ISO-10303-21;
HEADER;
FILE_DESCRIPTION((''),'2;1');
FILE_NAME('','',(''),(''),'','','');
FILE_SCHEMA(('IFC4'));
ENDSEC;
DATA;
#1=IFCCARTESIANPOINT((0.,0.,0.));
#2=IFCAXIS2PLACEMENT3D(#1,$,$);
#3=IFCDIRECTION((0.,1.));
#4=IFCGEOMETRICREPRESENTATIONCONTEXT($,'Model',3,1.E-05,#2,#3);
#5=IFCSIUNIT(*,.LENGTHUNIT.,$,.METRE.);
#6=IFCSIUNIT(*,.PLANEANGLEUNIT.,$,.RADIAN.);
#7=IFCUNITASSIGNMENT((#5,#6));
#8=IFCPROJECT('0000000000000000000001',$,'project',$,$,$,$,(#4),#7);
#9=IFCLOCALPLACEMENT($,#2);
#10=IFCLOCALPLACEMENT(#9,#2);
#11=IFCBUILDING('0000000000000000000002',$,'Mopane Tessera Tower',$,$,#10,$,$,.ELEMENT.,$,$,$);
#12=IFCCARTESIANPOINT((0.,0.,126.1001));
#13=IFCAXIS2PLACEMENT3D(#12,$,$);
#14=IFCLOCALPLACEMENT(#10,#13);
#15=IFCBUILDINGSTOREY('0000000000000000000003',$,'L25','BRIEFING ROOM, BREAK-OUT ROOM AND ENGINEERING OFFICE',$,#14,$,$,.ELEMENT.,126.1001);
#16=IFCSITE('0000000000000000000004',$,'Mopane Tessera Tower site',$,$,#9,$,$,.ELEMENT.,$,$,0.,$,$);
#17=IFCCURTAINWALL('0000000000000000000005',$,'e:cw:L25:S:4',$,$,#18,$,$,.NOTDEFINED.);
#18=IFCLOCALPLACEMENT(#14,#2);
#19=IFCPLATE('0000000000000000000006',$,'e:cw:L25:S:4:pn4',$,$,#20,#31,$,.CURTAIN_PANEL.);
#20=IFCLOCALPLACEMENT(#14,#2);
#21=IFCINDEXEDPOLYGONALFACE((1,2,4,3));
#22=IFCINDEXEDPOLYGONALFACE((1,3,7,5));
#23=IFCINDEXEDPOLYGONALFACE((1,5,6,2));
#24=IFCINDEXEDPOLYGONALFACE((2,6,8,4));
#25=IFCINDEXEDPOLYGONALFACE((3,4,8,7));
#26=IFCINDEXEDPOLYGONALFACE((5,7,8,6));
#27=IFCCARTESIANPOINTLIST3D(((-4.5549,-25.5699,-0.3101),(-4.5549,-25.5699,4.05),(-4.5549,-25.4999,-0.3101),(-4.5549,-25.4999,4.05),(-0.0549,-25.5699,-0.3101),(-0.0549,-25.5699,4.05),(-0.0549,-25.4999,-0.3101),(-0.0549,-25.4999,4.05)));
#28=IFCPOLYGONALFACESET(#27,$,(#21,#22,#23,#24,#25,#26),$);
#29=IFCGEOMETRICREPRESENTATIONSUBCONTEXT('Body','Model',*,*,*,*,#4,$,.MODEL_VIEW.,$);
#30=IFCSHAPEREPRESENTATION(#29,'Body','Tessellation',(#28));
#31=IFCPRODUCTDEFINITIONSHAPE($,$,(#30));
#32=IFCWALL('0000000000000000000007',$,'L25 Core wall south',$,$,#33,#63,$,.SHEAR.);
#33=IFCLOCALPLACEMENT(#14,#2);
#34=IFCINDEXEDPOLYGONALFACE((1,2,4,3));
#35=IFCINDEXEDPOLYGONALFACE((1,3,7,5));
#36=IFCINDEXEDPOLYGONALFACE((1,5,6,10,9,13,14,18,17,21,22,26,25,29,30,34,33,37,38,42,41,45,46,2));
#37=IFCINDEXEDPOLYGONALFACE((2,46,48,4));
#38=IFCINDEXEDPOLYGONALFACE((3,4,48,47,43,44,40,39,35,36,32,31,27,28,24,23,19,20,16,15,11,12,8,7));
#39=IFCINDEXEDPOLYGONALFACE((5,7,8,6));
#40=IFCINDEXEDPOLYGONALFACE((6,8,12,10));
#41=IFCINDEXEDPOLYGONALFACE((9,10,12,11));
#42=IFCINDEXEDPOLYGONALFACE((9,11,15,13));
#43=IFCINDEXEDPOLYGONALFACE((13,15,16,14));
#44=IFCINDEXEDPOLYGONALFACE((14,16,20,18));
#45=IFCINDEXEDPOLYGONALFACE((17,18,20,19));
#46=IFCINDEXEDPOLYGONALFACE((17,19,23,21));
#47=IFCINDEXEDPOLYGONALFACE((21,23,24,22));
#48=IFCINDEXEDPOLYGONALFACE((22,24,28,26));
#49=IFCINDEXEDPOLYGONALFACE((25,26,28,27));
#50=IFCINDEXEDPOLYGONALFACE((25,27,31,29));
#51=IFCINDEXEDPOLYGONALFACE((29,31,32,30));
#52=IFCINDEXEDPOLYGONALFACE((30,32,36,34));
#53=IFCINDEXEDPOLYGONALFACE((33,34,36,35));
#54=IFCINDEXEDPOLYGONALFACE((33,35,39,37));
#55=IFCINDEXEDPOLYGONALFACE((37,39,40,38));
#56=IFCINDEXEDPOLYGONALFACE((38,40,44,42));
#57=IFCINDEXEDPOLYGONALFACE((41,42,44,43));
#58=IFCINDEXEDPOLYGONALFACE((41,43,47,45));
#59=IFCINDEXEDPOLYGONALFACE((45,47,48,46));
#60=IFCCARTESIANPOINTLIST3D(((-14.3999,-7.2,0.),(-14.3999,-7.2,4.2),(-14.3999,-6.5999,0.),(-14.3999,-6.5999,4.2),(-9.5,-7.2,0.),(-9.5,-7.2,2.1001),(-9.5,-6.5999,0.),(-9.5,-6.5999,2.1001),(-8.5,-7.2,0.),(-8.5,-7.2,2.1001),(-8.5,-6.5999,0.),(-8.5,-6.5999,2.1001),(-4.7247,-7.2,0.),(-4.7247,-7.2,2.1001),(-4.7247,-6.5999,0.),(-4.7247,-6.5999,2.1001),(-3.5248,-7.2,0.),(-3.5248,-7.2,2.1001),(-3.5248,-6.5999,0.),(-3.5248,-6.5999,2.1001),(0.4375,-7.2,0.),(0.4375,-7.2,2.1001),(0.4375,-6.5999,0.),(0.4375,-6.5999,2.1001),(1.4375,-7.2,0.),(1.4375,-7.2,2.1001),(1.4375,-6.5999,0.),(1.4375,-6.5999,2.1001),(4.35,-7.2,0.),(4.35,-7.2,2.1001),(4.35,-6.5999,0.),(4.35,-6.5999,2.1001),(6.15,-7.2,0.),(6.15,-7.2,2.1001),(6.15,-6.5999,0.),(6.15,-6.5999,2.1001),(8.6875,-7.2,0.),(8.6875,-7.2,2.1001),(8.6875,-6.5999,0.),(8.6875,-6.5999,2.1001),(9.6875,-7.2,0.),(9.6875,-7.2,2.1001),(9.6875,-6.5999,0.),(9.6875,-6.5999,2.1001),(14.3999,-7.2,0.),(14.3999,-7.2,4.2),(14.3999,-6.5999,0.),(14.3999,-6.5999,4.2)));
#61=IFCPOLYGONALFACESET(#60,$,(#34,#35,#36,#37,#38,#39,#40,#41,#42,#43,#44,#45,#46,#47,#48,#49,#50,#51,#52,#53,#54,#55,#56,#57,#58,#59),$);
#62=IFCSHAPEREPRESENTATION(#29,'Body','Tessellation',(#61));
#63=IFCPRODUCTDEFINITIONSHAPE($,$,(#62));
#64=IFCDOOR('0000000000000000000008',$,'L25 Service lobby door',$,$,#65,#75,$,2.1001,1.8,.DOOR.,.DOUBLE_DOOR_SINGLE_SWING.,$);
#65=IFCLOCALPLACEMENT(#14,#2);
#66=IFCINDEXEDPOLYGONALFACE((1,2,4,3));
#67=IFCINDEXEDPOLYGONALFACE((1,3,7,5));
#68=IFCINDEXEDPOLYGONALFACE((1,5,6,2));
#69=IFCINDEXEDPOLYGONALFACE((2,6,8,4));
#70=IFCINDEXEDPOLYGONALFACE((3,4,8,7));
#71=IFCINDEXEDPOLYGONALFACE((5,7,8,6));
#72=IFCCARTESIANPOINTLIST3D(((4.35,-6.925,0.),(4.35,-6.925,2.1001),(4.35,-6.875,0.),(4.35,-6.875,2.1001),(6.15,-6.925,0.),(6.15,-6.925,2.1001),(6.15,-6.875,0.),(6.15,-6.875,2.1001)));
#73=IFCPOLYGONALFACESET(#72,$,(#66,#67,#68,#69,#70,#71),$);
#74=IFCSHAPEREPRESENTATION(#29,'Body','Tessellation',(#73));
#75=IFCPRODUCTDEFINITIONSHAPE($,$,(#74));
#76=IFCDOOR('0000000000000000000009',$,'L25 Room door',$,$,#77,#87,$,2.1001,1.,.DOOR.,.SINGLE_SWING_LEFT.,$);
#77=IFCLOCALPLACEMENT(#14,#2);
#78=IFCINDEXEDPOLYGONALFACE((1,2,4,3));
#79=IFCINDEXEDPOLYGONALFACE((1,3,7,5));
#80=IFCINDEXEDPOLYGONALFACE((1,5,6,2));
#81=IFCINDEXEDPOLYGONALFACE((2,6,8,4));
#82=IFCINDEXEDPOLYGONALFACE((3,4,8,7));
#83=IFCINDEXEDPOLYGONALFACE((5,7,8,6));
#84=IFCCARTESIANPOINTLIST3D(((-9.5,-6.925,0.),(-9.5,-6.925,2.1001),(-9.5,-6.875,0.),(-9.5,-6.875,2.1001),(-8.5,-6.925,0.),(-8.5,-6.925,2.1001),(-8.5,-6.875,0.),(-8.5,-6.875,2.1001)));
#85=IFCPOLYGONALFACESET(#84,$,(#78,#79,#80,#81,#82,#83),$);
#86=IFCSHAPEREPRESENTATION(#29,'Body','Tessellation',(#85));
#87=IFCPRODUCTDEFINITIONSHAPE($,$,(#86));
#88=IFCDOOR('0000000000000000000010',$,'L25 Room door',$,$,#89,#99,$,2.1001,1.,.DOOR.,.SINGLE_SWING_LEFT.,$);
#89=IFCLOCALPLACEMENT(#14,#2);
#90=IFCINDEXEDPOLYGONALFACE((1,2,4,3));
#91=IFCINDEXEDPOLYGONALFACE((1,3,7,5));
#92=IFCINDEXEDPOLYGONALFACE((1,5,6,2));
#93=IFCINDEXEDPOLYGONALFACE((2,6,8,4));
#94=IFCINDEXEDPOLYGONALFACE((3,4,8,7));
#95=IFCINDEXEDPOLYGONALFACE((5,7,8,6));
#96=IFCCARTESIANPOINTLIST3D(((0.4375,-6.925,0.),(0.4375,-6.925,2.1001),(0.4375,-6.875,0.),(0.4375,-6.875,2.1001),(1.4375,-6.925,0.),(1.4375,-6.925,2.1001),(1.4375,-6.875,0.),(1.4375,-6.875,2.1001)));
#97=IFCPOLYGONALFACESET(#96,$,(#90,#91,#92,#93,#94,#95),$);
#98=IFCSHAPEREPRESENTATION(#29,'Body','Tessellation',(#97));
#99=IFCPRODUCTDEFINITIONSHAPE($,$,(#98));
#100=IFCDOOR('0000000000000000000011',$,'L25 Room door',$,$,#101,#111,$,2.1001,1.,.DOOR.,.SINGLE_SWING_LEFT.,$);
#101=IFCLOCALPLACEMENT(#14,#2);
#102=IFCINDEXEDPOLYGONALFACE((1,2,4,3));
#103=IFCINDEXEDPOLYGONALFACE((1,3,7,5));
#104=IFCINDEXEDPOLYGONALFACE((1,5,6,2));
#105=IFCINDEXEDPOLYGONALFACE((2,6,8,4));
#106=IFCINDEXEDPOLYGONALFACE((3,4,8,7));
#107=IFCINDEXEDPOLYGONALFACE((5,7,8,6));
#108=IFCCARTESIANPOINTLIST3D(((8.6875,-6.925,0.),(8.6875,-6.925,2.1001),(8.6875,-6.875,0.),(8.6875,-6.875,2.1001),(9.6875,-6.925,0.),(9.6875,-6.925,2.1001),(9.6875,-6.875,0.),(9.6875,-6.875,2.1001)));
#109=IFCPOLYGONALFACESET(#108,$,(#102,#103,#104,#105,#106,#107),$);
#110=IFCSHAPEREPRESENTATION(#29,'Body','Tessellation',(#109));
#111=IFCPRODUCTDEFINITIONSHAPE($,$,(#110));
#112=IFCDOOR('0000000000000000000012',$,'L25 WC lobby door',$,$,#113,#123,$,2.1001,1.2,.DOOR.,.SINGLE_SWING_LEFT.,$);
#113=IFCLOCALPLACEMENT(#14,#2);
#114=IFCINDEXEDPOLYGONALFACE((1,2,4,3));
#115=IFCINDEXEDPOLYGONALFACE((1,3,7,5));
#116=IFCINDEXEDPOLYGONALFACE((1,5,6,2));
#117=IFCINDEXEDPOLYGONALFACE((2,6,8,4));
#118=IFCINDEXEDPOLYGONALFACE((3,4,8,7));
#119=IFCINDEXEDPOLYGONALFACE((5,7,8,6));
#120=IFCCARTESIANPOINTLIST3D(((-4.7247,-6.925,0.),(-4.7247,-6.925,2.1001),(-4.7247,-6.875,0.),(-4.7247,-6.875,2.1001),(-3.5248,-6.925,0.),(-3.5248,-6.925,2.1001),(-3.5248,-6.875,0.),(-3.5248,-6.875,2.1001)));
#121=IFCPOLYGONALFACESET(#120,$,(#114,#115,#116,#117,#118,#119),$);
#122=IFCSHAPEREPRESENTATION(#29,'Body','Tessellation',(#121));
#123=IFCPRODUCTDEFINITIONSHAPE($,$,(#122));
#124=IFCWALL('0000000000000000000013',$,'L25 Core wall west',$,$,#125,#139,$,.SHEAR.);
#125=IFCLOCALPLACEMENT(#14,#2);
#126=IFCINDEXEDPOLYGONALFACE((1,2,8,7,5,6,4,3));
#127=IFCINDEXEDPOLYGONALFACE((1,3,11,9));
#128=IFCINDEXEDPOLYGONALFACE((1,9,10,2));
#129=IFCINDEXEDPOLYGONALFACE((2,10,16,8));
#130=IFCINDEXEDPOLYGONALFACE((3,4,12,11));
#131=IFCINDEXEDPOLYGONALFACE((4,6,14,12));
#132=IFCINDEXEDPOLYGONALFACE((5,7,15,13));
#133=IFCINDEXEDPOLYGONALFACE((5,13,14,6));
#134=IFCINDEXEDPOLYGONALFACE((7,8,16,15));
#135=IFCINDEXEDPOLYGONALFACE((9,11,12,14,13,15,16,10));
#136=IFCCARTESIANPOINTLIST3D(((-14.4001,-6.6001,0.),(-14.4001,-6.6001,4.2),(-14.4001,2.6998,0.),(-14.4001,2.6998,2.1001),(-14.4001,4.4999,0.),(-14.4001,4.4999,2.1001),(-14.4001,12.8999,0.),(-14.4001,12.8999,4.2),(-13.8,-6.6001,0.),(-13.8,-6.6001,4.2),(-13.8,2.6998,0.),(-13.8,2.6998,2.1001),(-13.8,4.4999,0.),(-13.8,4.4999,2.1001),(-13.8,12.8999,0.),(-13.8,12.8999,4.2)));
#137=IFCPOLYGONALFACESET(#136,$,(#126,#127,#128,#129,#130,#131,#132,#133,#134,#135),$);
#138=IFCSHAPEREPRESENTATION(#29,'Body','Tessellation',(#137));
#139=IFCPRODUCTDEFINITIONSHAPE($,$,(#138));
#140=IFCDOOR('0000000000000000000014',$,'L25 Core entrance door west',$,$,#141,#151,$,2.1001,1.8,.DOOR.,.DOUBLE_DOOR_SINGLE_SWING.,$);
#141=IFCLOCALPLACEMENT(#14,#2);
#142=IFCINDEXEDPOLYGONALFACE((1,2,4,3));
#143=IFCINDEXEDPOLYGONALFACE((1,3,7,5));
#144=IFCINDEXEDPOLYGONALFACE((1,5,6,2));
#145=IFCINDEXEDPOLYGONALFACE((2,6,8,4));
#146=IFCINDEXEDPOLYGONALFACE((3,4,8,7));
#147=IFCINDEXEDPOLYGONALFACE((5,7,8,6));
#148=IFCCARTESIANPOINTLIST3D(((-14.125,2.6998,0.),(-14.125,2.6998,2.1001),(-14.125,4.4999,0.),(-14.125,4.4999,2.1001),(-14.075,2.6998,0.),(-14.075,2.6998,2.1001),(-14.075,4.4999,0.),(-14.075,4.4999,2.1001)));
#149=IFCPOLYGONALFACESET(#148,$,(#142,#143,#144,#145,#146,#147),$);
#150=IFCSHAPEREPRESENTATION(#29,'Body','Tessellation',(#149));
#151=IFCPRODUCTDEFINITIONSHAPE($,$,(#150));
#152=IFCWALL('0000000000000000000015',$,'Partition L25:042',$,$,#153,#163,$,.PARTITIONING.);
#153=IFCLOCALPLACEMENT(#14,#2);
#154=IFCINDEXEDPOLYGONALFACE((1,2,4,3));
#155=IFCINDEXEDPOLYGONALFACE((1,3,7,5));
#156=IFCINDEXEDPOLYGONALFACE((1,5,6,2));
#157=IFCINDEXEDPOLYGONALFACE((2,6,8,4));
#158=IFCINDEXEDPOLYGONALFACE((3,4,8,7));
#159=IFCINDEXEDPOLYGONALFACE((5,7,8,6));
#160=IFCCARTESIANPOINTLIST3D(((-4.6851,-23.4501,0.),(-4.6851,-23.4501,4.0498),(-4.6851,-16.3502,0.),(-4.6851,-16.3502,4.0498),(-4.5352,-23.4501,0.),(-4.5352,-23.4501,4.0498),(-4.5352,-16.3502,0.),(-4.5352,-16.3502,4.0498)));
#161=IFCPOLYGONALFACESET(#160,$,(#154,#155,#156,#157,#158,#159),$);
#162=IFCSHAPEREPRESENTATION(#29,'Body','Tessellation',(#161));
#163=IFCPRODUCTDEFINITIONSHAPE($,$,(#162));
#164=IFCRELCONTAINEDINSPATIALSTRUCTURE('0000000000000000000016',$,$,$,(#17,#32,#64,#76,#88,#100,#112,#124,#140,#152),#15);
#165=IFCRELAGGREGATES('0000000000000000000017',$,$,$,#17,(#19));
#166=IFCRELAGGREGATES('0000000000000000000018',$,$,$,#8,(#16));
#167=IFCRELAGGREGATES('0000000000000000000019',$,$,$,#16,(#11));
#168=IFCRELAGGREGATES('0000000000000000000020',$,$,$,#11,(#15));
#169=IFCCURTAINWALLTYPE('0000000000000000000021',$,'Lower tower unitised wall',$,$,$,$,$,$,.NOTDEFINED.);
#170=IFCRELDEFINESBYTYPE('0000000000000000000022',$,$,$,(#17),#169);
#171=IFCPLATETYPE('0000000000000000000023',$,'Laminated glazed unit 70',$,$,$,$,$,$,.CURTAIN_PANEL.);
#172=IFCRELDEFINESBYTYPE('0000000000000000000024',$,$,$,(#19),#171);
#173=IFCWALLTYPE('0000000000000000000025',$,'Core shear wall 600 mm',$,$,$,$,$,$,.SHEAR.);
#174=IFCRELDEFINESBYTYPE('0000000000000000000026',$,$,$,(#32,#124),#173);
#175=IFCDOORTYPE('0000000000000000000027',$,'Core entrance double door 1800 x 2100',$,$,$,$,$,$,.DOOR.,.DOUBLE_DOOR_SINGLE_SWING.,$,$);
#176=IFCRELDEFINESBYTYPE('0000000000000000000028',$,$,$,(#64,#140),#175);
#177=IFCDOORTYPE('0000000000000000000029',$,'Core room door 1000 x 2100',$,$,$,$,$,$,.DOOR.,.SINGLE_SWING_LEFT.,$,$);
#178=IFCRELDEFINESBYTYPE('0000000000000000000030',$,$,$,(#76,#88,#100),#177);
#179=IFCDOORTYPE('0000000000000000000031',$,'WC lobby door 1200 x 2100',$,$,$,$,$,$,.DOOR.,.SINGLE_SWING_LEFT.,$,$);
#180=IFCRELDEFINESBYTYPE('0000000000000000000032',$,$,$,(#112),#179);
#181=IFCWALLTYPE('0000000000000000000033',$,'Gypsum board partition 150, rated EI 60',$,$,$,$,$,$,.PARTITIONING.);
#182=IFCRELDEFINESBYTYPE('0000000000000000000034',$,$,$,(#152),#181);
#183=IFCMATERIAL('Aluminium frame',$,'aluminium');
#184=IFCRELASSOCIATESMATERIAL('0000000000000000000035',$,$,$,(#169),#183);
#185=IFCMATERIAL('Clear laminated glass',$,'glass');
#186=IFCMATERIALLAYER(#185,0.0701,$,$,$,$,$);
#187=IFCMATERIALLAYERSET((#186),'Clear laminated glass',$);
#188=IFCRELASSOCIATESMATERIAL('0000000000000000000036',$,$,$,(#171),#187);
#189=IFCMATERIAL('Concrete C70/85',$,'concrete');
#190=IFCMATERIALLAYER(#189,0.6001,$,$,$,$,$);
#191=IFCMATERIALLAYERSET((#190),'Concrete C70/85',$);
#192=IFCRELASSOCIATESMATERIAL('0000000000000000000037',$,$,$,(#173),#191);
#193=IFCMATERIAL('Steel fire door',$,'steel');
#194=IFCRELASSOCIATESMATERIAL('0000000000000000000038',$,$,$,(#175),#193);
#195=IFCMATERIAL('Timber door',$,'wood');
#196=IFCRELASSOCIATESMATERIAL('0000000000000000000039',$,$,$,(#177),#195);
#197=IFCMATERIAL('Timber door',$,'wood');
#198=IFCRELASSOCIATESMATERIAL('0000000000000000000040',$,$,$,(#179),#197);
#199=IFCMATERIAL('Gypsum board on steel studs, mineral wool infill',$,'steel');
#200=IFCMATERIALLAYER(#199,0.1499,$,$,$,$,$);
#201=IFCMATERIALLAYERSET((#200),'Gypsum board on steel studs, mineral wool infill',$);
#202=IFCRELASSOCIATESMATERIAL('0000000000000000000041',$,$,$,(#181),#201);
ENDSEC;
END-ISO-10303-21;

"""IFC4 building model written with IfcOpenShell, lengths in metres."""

from ifc_helpers import new_model, si_unit, direction, frame, frame_2d, origin, origin_2d, place, context, subcontext, project, spatial, rectangle, extrude, material, layer, layer_set, type_object, element, fill, aggregate, save


model = new_model("IFC4")

# Units and contexts
model_context = context("Model", 3, precision=1e-05, world=origin(), true_north=direction((0.0, 1.0)))
body_context = subcontext(model_context, "Body", "Model", "MODEL_VIEW")
ifc_project = project(units=[si_unit("LENGTHUNIT", "METRE"), si_unit("PLANEANGLEUNIT", "RADIAN")], contexts=[model_context])

# Site, building, storey
site_placement = place(None, origin())
site = spatial("IfcSite", under=ifc_project, at=site_placement, Name="Mopane Tessera Tower site", CompositionType="ELEMENT", RefElevation=0.0)
building_placement = place(site_placement, origin())
building = spatial("IfcBuilding", under=site, at=building_placement, Name="Mopane Tessera Tower", CompositionType="ELEMENT")
storey_placement = place(building_placement, frame((0.0, 0.0, 126.1001)))
storey = spatial("IfcBuildingStorey", under=building, at=storey_placement, Name="L25", Description="BRIEFING ROOM, BREAK-OUT ROOM AND ENGINEERING OFFICE", CompositionType="ELEMENT", Elevation=126.1001)

# Curtain wall
ifc_material_1 = material(Name="Aluminium frame", Category="aluminium")
curtain_wall_type = type_object("IfcCurtainWallType", Name="Lower tower unitised wall", PredefinedType="NOTDEFINED", material=ifc_material_1)
curtain_wall_placement = place(storey_placement, origin())
curtain_wall = element("IfcCurtainWall", 1, at=curtain_wall_placement, inside=storey, type_object=curtain_wall_type, Name="e:cw:L25:S:4", PredefinedType="NOTDEFINED")

# Plate
ifc_material_2 = material(Name="Clear laminated glass", Category="glass")
ifc_layer_1 = layer(ifc_material_2, 0.0701)
ifc_layer_set_1 = layer_set([ifc_layer_1], Name="Clear laminated glass")
plate_type = type_object("IfcPlateType", Name="Laminated glazed unit 70", PredefinedType="CURTAIN_PANEL", material=ifc_layer_set_1)
plate_placement = place(storey_placement, frame((-2.3049, -25.5349, -0.3101), z_axis=(0.0, 0.0, 1.0), x_axis=(1.0, 0.0, 0.0)))
plate = element("IfcPlate", 2, at=plate_placement, type_object=plate_type, Name="e:cw:L25:S:4:pn4", PredefinedType="CURTAIN_PANEL", context=body_context, shape_type="SweptSolid", body=[
    extrude(rectangle(XDim=4.5, YDim=0.0701, at=origin_2d()), origin(), (0.0, 0.0, 1.0), 4.3601),
])
aggregate(curtain_wall, [plate])

# Wall, openings, doors
ifc_material_3 = material(Name="Concrete C70/85", Category="concrete")
ifc_layer_2 = layer(ifc_material_3, 0.6001)
ifc_layer_set_2 = layer_set([ifc_layer_2], Name="Concrete C70/85")
wall_type_1 = type_object("IfcWallType", Name="Core shear wall 600 mm", PredefinedType="SHEAR", material=ifc_layer_set_2)
wall_1_placement = place(storey_placement, frame((-14.3999, -6.8999, 0.0), z_axis=(0.0, 0.0, 1.0), x_axis=(1.0, 0.0, 0.0)))
wall_1 = element("IfcWall", 3, at=wall_1_placement, inside=storey, type_object=wall_type_1, Name="L25 Core wall south", PredefinedType="SHEAR", context=body_context, shape_type="SweptSolid", body=[
    extrude(rectangle(XDim=28.7998, YDim=0.6001, at=frame_2d((14.3999, 0.0))), origin(), (0.0, 0.0, 1.0), 4.2),
])
opening_1_placement = place(wall_1_placement, frame((4.8999, 0.0, 0.0)))
opening_1 = element("IfcOpeningElement", 4, at=opening_1_placement, cuts=wall_1, PredefinedType="OPENING", context=body_context, shape_type="SweptSolid", body=[
    extrude(rectangle(XDim=1.0, YDim=2.1001, at=frame_2d((0.5, 1.05))), frame((0.0, 0.312, 0.0), z_axis=(0.0, -1.0, 0.0), x_axis=(1.0, 0.0, 0.0)), (0.0, 0.0, 1.0), 0.624),
])
opening_2_placement = place(wall_1_placement, frame((9.675, 0.0, 0.0)))
opening_2 = element("IfcOpeningElement", 5, at=opening_2_placement, cuts=wall_1, PredefinedType="OPENING", context=body_context, shape_type="SweptSolid", body=[
    extrude(rectangle(XDim=1.2, YDim=2.1001, at=frame_2d((0.6001, 1.05))), frame((0.0, 0.312, 0.0), z_axis=(0.0, -1.0, 0.0), x_axis=(1.0, 0.0, 0.0)), (0.0, 0.0, 1.0), 0.624),
])
opening_3_placement = place(wall_1_placement, frame((14.8374, 0.0, 0.0)))
opening_3 = element("IfcOpeningElement", 6, at=opening_3_placement, cuts=wall_1, PredefinedType="OPENING", context=body_context, shape_type="SweptSolid", body=[
    extrude(rectangle(XDim=1.0, YDim=2.1001, at=frame_2d((0.5, 1.05))), frame((0.0, 0.312, 0.0), z_axis=(0.0, -1.0, 0.0), x_axis=(1.0, 0.0, 0.0)), (0.0, 0.0, 1.0), 0.624),
])
opening_4_placement = place(wall_1_placement, frame((18.75, 0.0, 0.0)))
opening_4 = element("IfcOpeningElement", 7, at=opening_4_placement, cuts=wall_1, PredefinedType="OPENING", context=body_context, shape_type="SweptSolid", body=[
    extrude(rectangle(XDim=1.8, YDim=2.1001, at=frame_2d((0.8999, 1.05))), frame((0.0, 0.312, 0.0), z_axis=(0.0, -1.0, 0.0), x_axis=(1.0, 0.0, 0.0)), (0.0, 0.0, 1.0), 0.624),
])
opening_5_placement = place(wall_1_placement, frame((23.0874, 0.0, 0.0)))
opening_5 = element("IfcOpeningElement", 8, at=opening_5_placement, cuts=wall_1, PredefinedType="OPENING", context=body_context, shape_type="SweptSolid", body=[
    extrude(rectangle(XDim=1.0, YDim=2.1001, at=frame_2d((0.5, 1.05))), frame((0.0, 0.312, 0.0), z_axis=(0.0, -1.0, 0.0), x_axis=(1.0, 0.0, 0.0)), (0.0, 0.0, 1.0), 0.624),
])
ifc_material_4 = material(Name="Steel fire door", Category="steel")
door_type_1 = type_object("IfcDoorType", Name="Core entrance double door 1800 x 2100", OperationType="DOUBLE_DOOR_SINGLE_SWING", PredefinedType="DOOR", material=ifc_material_4)
door_1_placement = place(opening_4_placement, origin())
door_1 = element("IfcDoor", 9, at=door_1_placement, inside=storey, type_object=door_type_1, Name="L25 Service lobby door", OperationType="DOUBLE_DOOR_SINGLE_SWING", OverallHeight=2.1001, OverallWidth=1.8, PredefinedType="DOOR", context=body_context, shape_type="SweptSolid", body=[
    extrude(rectangle(XDim=1.8, YDim=2.1001, at=frame_2d((0.8999, 1.05))), frame((0.0, 0.0249, 0.0), z_axis=(0.0, -1.0, 0.0), x_axis=(1.0, 0.0, 0.0)), (0.0, 0.0, 1.0), 0.05),
])
fill(opening_4, door_1)
ifc_material_5 = material(Name="Timber door", Category="wood")
door_type_2 = type_object("IfcDoorType", Name="Core room door 1000 x 2100", OperationType="SINGLE_SWING_LEFT", PredefinedType="DOOR", material=ifc_material_5)
door_2_placement = place(opening_1_placement, origin())
door_2 = element("IfcDoor", 10, at=door_2_placement, inside=storey, type_object=door_type_2, Name="L25 Room door", OperationType="SINGLE_SWING_LEFT", OverallHeight=2.1001, OverallWidth=1.0, PredefinedType="DOOR", context=body_context, shape_type="SweptSolid", body=[
    extrude(rectangle(XDim=1.0, YDim=2.1001, at=frame_2d((0.5, 1.05))), frame((0.0, 0.0249, 0.0), z_axis=(0.0, -1.0, 0.0), x_axis=(1.0, 0.0, 0.0)), (0.0, 0.0, 1.0), 0.05),
])
fill(opening_1, door_2)
door_3_placement = place(opening_3_placement, origin())
door_3 = element("IfcDoor", 11, at=door_3_placement, inside=storey, type_object=door_type_2, Name="L25 Room door", OperationType="SINGLE_SWING_LEFT", OverallHeight=2.1001, OverallWidth=1.0, PredefinedType="DOOR", context=body_context, shape_type="SweptSolid", body=[
    extrude(rectangle(XDim=1.0, YDim=2.1001, at=frame_2d((0.5, 1.05))), frame((0.0, 0.0249, 0.0), z_axis=(0.0, -1.0, 0.0), x_axis=(1.0, 0.0, 0.0)), (0.0, 0.0, 1.0), 0.05),
])
fill(opening_3, door_3)
door_4_placement = place(opening_5_placement, origin())
door_4 = element("IfcDoor", 12, at=door_4_placement, inside=storey, type_object=door_type_2, Name="L25 Room door", OperationType="SINGLE_SWING_LEFT", OverallHeight=2.1001, OverallWidth=1.0, PredefinedType="DOOR", context=body_context, shape_type="SweptSolid", body=[
    extrude(rectangle(XDim=1.0, YDim=2.1001, at=frame_2d((0.5, 1.05))), frame((0.0, 0.0249, 0.0), z_axis=(0.0, -1.0, 0.0), x_axis=(1.0, 0.0, 0.0)), (0.0, 0.0, 1.0), 0.05),
])
fill(opening_5, door_4)
ifc_material_6 = material(Name="Timber door", Category="wood")
door_type_3 = type_object("IfcDoorType", Name="WC lobby door 1200 x 2100", OperationType="SINGLE_SWING_LEFT", PredefinedType="DOOR", material=ifc_material_6)
door_5_placement = place(opening_2_placement, origin())
door_5 = element("IfcDoor", 13, at=door_5_placement, inside=storey, type_object=door_type_3, Name="L25 WC lobby door", OperationType="SINGLE_SWING_LEFT", OverallHeight=2.1001, OverallWidth=1.2, PredefinedType="DOOR", context=body_context, shape_type="SweptSolid", body=[
    extrude(rectangle(XDim=1.2, YDim=2.1001, at=frame_2d((0.6001, 1.05))), frame((0.0, 0.0249, 0.0), z_axis=(0.0, -1.0, 0.0), x_axis=(1.0, 0.0, 0.0)), (0.0, 0.0, 1.0), 0.05),
])
fill(opening_2, door_5)

# Wall, opening, door
wall_2_placement = place(storey_placement, frame((-14.1001, -6.6001, 0.0), z_axis=(0.0, 0.0, 1.0), x_axis=(0.0, 1.0, 0.0)))
wall_2 = element("IfcWall", 14, at=wall_2_placement, inside=storey, type_object=wall_type_1, Name="L25 Core wall west", PredefinedType="SHEAR", context=body_context, shape_type="SweptSolid", body=[
    extrude(rectangle(XDim=19.5, YDim=0.6001, at=frame_2d((9.75, 0.0))), origin(), (0.0, 0.0, 1.0), 4.2),
])
opening_6_placement = place(wall_2_placement, frame((9.3, 0.0, 0.0)))
opening_6 = element("IfcOpeningElement", 15, at=opening_6_placement, cuts=wall_2, PredefinedType="OPENING", context=body_context, shape_type="SweptSolid", body=[
    extrude(rectangle(XDim=1.8, YDim=2.1001, at=frame_2d((0.8999, 1.05))), frame((0.0, 0.312, 0.0), z_axis=(0.0, -1.0, 0.0), x_axis=(1.0, 0.0, 0.0)), (0.0, 0.0, 1.0), 0.624),
])
door_6_placement = place(opening_6_placement, origin())
door_6 = element("IfcDoor", 16, at=door_6_placement, inside=storey, type_object=door_type_1, Name="L25 Core entrance door west", OperationType="DOUBLE_DOOR_SINGLE_SWING", OverallHeight=2.1001, OverallWidth=1.8, PredefinedType="DOOR", context=body_context, shape_type="SweptSolid", body=[
    extrude(rectangle(XDim=1.8, YDim=2.1001, at=frame_2d((0.8999, 1.05))), frame((0.0, 0.0249, 0.0), z_axis=(0.0, -1.0, 0.0), x_axis=(1.0, 0.0, 0.0)), (0.0, 0.0, 1.0), 0.05),
])
fill(opening_6, door_6)

# Wall
ifc_material_7 = material(Name="Gypsum board on steel studs, mineral wool infill", Category="steel")
ifc_layer_3 = layer(ifc_material_7, 0.1499)
ifc_layer_set_3 = layer_set([ifc_layer_3], Name="Gypsum board on steel studs, mineral wool infill")
wall_type_2 = type_object("IfcWallType", Name="Gypsum board partition 150, rated EI 60", PredefinedType="PARTITIONING", material=ifc_layer_set_3)
wall_3_placement = place(storey_placement, frame((-4.6101, -23.45, 0.0), z_axis=(0.0, 0.0, 1.0), x_axis=(0.0, 1.0, 0.0)))
element("IfcWall", 17, at=wall_3_placement, inside=storey, type_object=wall_type_2, Name="Partition L25:042", PredefinedType="PARTITIONING", context=body_context, shape_type="SweptSolid", body=[
    extrude(rectangle(XDim=7.0999, YDim=0.1499, at=frame_2d((3.5498, 0.0))), origin(), (0.0, 0.0, 1.0), 4.0498),
])

save(model, "model.ifc")
